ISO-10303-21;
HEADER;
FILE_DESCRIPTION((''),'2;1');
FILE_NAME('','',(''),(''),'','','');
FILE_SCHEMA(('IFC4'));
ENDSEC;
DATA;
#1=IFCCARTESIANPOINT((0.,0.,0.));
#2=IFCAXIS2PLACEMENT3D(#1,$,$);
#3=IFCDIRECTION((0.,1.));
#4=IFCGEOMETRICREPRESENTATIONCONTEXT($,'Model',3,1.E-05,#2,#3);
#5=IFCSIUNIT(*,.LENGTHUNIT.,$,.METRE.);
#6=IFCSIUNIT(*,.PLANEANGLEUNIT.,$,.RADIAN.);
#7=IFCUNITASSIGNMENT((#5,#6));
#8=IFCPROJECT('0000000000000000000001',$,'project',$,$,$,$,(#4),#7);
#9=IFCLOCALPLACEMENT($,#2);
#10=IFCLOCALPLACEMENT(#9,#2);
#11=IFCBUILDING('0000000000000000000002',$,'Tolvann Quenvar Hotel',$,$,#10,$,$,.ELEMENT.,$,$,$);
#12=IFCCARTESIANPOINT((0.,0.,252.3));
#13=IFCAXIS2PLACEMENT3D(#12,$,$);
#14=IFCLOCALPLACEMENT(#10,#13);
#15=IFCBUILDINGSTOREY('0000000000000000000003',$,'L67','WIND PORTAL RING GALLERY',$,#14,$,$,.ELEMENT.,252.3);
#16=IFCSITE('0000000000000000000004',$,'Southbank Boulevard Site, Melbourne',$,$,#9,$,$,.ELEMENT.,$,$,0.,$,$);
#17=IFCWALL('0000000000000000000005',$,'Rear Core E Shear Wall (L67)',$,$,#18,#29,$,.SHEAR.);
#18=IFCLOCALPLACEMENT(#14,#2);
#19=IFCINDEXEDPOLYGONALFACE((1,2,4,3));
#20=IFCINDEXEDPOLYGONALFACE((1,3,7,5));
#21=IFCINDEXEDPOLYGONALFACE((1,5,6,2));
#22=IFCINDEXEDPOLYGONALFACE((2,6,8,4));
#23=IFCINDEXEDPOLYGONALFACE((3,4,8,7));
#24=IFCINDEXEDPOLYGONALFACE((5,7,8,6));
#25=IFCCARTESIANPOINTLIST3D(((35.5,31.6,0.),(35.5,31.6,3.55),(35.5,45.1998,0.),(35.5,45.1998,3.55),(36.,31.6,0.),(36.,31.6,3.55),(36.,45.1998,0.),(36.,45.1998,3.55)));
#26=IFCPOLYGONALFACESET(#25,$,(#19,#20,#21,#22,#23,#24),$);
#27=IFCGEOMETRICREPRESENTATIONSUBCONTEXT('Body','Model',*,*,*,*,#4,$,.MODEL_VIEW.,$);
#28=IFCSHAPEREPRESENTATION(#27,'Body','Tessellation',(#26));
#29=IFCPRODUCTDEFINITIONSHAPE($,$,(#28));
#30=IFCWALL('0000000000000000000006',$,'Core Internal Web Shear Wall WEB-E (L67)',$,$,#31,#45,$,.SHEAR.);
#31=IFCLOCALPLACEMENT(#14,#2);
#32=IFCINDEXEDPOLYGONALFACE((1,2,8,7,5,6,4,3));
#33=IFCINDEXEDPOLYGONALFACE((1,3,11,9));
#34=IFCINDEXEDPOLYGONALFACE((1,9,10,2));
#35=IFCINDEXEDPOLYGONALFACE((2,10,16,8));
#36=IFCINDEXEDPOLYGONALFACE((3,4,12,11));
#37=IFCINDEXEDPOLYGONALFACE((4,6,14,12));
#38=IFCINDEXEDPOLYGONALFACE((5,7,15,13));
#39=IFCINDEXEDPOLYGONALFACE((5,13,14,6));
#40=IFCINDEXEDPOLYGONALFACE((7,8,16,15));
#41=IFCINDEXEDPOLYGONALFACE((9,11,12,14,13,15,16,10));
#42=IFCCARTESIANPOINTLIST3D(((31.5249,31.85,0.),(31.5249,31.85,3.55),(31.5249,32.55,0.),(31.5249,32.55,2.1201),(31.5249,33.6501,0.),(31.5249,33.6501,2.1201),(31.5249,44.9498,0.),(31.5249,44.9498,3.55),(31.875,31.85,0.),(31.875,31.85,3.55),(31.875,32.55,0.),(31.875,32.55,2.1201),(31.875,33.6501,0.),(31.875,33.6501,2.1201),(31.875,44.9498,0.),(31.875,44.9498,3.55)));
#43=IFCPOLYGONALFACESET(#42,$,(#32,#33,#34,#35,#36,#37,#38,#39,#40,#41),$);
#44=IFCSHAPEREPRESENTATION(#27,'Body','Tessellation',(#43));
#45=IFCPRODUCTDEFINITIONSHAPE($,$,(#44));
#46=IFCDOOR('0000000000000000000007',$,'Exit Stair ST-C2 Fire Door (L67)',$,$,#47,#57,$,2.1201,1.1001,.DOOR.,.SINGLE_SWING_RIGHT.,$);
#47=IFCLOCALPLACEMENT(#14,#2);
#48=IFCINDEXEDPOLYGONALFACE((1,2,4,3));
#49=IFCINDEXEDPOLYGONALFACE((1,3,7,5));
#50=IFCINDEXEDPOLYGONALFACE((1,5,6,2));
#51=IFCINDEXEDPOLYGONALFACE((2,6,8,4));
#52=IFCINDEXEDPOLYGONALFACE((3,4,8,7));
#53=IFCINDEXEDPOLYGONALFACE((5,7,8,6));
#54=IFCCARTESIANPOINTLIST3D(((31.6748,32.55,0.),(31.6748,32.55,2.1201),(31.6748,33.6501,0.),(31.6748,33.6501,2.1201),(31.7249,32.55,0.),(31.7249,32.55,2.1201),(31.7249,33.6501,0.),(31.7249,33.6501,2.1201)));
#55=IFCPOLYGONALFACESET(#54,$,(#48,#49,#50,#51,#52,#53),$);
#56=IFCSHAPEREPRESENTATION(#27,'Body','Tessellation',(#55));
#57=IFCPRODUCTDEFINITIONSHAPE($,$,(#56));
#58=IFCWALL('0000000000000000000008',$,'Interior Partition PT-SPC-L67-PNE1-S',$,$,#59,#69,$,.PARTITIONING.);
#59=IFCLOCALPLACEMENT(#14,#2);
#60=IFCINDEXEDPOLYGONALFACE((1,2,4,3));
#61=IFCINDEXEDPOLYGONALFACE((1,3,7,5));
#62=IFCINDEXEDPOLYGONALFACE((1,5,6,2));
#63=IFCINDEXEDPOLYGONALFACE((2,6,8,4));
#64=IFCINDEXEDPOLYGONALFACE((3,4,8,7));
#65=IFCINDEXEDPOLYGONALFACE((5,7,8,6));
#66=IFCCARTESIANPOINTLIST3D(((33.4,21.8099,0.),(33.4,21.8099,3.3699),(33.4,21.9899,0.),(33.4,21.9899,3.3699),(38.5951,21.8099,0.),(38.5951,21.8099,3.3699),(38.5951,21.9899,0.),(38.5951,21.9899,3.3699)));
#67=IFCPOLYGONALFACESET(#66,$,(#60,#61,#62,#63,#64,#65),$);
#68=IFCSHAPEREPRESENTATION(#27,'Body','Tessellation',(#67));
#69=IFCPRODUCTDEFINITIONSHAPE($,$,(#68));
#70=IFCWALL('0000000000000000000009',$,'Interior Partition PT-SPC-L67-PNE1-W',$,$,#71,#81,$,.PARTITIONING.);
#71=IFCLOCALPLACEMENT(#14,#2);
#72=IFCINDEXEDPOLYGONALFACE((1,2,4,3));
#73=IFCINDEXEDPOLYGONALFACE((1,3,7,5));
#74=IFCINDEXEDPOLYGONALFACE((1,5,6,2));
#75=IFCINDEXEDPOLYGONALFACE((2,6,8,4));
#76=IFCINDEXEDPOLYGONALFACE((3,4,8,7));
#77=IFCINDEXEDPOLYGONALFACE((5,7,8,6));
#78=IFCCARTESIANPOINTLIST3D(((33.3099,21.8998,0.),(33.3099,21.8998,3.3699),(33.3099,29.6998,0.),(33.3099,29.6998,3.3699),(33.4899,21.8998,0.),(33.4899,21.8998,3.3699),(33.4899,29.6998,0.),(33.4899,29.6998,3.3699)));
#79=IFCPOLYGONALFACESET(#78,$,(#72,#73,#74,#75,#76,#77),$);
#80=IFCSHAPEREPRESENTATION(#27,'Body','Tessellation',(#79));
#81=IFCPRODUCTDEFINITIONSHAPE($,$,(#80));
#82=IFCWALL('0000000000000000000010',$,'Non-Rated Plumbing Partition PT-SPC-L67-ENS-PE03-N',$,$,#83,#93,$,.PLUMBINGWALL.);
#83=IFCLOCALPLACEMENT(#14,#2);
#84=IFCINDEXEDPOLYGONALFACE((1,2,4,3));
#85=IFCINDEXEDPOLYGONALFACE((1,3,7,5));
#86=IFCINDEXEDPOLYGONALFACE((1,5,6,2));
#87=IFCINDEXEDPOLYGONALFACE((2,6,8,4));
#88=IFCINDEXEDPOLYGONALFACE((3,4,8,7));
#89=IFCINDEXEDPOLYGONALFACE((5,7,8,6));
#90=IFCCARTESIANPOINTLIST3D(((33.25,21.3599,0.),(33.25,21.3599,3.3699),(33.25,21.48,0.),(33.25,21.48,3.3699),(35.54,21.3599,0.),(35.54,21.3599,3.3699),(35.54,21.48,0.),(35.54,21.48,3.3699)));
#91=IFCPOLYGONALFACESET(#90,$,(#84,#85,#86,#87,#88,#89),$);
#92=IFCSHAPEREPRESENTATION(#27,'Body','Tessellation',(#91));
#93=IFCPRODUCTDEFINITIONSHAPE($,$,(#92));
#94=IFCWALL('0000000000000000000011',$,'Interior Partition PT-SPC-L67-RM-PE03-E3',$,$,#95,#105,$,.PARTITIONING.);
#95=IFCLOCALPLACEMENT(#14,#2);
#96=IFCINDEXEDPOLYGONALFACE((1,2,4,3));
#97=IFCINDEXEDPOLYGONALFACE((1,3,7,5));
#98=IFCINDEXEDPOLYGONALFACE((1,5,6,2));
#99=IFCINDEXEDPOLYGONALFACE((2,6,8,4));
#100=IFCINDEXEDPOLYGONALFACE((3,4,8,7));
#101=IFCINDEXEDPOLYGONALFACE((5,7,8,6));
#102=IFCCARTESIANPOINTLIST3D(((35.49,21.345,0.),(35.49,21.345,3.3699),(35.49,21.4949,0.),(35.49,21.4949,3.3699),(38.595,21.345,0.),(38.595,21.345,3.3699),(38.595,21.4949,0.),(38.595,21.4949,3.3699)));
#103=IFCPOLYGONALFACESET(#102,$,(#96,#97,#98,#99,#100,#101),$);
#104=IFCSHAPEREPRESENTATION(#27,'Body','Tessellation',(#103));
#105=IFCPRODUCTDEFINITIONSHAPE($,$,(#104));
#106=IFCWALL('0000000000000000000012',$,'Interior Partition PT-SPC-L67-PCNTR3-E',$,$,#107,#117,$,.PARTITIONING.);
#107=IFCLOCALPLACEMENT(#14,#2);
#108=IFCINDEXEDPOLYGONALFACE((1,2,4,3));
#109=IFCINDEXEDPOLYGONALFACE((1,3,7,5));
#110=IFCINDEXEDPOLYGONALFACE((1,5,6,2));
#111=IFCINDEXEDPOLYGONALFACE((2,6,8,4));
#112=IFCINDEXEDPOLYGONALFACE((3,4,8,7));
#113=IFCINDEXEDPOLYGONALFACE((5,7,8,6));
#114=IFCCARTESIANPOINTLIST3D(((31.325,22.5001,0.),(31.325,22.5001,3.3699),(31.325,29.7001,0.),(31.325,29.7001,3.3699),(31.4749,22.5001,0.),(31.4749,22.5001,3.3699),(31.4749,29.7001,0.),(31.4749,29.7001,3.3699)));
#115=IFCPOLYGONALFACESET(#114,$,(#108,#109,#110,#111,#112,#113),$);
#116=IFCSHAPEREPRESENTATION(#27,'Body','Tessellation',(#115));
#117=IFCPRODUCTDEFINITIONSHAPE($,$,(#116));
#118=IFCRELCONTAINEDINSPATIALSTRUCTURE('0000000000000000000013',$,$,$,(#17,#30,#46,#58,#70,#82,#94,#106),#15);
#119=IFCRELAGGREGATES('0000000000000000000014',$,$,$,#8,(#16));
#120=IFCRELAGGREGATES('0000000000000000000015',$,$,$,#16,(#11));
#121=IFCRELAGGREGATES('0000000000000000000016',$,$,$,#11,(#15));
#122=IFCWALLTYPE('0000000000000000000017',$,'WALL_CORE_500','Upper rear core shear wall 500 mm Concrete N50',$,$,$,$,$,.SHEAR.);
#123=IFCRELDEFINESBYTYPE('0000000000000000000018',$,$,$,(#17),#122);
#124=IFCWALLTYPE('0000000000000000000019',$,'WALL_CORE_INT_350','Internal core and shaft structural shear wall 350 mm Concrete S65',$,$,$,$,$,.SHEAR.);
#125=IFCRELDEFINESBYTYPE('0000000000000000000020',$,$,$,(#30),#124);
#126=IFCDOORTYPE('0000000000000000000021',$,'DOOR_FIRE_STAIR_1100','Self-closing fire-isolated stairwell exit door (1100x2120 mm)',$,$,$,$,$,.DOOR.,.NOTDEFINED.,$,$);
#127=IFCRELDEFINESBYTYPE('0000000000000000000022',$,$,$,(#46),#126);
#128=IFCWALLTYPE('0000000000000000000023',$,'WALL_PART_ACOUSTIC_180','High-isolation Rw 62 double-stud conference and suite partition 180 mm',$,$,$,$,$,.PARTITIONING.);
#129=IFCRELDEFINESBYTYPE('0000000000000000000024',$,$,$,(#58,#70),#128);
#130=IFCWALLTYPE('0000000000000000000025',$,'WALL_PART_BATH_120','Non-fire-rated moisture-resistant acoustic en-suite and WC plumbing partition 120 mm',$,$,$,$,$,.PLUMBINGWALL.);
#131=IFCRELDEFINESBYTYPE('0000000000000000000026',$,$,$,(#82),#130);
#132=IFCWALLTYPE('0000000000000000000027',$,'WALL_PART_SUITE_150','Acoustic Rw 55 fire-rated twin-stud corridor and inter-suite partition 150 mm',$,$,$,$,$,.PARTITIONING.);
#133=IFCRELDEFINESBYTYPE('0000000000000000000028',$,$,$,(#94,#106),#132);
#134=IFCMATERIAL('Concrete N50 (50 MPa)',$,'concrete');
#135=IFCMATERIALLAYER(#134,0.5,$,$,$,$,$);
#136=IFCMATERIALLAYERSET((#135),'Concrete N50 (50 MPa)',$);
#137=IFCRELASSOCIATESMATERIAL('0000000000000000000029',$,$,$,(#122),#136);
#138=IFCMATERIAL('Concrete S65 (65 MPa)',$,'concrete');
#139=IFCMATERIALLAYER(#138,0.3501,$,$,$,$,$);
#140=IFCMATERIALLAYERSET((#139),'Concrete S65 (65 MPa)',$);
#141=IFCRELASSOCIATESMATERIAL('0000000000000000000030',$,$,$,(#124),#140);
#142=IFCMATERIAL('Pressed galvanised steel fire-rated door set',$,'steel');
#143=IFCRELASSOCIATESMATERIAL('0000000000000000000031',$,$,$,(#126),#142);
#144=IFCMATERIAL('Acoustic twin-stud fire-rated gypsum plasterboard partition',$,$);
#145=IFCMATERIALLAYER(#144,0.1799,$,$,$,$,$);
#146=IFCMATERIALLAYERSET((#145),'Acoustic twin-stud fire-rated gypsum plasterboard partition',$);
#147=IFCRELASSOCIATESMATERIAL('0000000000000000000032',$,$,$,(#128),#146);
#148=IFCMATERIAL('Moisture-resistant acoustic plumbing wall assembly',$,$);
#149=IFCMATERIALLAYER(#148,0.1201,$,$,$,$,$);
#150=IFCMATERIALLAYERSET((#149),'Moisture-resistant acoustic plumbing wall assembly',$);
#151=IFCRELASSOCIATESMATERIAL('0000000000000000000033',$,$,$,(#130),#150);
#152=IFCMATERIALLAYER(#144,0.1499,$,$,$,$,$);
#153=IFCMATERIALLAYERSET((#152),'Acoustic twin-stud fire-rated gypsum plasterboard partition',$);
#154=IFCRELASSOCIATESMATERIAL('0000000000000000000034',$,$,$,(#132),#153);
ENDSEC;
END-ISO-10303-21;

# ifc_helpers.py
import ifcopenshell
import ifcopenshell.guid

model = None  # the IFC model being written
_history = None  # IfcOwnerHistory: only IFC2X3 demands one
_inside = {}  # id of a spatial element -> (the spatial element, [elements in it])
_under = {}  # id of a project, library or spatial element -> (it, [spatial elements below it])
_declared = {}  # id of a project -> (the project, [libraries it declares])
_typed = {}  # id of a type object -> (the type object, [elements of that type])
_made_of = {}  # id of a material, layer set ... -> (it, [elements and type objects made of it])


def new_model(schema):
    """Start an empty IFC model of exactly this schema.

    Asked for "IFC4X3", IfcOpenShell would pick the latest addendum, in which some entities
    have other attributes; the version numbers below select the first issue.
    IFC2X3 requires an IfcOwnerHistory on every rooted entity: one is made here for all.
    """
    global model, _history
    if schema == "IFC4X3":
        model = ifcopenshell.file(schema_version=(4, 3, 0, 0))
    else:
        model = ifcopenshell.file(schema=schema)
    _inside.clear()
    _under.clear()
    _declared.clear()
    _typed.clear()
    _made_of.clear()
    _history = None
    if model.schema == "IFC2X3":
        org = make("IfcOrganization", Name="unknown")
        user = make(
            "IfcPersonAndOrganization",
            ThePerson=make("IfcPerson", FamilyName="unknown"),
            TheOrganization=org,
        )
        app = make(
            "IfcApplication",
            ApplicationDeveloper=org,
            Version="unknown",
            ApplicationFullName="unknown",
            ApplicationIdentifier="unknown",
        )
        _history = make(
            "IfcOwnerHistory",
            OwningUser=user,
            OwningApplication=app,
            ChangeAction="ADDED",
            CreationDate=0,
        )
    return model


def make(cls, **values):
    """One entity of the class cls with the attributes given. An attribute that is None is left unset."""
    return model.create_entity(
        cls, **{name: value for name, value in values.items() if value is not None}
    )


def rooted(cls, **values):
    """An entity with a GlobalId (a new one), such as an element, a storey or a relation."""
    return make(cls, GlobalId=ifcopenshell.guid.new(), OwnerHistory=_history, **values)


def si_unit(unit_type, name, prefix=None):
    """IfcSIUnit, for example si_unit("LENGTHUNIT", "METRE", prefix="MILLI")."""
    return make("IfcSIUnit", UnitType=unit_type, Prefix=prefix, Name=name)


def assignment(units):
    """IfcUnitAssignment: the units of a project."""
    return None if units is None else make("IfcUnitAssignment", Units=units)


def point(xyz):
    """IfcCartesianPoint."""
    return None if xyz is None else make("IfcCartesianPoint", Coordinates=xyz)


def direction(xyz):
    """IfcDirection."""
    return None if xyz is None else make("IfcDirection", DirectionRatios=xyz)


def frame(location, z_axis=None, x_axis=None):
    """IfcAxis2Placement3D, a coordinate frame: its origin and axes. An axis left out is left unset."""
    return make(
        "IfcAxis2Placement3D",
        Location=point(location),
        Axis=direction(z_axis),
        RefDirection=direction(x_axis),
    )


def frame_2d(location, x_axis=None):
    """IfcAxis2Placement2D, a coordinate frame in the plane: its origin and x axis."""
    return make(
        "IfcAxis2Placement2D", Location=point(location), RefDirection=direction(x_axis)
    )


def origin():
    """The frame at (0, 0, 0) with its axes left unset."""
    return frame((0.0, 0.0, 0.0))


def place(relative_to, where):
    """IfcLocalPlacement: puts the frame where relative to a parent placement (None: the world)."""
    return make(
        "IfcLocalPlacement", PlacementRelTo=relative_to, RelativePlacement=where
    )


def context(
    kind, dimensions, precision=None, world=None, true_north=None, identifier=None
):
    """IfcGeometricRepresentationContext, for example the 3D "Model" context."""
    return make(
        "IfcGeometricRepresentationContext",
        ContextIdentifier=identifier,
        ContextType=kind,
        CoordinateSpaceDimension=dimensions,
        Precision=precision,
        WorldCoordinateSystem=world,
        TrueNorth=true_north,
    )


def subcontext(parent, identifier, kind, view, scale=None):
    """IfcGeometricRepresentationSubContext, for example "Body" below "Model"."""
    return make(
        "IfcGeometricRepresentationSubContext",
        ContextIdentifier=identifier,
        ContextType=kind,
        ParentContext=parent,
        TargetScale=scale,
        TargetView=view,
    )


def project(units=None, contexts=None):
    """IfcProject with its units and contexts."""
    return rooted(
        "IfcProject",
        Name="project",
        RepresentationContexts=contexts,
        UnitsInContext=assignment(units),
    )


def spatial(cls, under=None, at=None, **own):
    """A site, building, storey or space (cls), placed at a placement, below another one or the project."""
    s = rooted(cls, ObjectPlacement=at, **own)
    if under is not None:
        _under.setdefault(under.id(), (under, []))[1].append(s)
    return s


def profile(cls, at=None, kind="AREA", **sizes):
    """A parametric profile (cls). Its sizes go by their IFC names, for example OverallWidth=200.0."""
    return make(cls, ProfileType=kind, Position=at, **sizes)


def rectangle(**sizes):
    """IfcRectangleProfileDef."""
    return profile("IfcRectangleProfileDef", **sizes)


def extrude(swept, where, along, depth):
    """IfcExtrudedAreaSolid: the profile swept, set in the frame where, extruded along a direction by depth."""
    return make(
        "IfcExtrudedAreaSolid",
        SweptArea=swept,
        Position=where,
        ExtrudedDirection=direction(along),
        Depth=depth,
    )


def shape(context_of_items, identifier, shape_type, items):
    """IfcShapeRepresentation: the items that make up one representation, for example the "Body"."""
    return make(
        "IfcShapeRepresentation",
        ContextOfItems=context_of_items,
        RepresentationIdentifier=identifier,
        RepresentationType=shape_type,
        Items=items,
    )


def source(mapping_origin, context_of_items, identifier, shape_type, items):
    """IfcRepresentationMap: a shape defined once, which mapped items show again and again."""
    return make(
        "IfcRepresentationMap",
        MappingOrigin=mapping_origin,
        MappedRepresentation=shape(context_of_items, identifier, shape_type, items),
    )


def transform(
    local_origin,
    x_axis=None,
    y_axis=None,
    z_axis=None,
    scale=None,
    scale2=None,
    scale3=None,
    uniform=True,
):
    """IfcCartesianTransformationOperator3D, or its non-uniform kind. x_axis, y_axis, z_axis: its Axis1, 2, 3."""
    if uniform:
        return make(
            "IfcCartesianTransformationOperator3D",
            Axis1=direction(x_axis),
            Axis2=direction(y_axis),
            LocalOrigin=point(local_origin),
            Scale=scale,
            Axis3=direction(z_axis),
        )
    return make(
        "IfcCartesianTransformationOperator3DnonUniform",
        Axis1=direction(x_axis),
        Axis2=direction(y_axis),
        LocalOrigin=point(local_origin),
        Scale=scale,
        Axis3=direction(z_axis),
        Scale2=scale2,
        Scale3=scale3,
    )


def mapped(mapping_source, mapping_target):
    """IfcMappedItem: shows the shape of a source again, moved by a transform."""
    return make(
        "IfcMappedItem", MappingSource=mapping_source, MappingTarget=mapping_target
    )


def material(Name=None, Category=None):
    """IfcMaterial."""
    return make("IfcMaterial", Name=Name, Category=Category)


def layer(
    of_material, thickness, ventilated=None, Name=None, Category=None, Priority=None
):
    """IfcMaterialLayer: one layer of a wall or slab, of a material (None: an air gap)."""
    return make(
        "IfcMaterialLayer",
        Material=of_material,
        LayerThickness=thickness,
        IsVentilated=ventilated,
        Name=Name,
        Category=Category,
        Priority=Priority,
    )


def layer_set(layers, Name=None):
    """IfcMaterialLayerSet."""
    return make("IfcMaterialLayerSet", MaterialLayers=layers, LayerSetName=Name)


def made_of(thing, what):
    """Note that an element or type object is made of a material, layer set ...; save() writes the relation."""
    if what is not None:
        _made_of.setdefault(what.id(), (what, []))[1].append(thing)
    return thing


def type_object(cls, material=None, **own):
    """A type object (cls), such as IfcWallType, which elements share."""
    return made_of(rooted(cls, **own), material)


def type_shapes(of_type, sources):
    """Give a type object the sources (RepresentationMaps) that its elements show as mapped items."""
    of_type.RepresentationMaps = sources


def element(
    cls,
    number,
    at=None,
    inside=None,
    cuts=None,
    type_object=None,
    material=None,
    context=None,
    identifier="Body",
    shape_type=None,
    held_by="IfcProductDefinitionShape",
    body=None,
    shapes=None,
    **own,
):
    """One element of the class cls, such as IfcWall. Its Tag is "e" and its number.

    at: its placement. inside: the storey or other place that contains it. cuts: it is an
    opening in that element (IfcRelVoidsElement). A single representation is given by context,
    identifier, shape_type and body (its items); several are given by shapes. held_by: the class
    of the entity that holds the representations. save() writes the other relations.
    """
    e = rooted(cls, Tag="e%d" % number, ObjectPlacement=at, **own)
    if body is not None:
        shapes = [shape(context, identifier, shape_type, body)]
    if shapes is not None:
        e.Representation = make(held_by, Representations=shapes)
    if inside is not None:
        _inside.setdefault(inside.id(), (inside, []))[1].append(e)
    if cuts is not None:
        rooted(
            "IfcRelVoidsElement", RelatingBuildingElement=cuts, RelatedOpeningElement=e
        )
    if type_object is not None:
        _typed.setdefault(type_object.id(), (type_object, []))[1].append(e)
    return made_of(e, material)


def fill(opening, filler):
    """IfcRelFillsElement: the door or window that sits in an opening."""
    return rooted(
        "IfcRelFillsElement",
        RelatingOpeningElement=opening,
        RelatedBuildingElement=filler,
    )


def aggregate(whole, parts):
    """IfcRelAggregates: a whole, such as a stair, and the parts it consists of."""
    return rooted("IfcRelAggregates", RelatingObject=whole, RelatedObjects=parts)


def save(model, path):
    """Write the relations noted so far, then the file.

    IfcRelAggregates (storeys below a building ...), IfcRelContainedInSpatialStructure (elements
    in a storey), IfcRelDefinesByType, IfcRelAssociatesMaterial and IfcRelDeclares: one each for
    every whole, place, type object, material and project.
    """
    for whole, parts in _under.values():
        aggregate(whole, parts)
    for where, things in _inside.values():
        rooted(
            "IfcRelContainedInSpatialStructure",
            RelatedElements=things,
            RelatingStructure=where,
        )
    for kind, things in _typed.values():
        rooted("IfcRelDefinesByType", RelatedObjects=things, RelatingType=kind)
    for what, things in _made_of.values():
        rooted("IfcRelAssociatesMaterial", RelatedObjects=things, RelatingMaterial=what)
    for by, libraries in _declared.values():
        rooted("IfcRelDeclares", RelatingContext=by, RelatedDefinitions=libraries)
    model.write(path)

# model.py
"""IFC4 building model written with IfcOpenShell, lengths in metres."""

from ifc_helpers import new_model, si_unit, direction, frame, frame_2d, origin, place, context, subcontext, project, spatial, rectangle, extrude, source, transform, mapped, material, layer, layer_set, type_object, type_shapes, element, fill, save


model = new_model("IFC4")

# Units and contexts
model_context = context("Model", 3, precision=1e-05, world=origin(), true_north=direction((0.0, 1.0)))
body_context = subcontext(model_context, "Body", "Model", "MODEL_VIEW")
ifc_project = project(units=[si_unit("LENGTHUNIT", "METRE"), si_unit("PLANEANGLEUNIT", "RADIAN")], contexts=[model_context])

# Site, building, storey
site_placement = place(None, origin())
site = spatial("IfcSite", under=ifc_project, at=site_placement, Name="Southbank Boulevard Site, Melbourne", CompositionType="ELEMENT", RefElevation=0.0)
building_placement = place(site_placement, origin())
building = spatial("IfcBuilding", under=site, at=building_placement, Name="Tolvann Quenvar Hotel", CompositionType="ELEMENT")
storey_placement = place(building_placement, frame((0.0, 0.0, 252.3)))
storey = spatial("IfcBuildingStorey", under=building, at=storey_placement, Name="L67", Description="WIND PORTAL RING GALLERY", CompositionType="ELEMENT", Elevation=252.3)

# Wall
ifc_material_1 = material(Name="Concrete N50 (50 MPa)", Category="concrete")
ifc_layer_1 = layer(ifc_material_1, 0.5)
ifc_layer_set_1 = layer_set([ifc_layer_1], Name="Concrete N50 (50 MPa)")
wall_type_1 = type_object("IfcWallType", Name="WALL_CORE_500", Description="Upper rear core shear wall 500 mm Concrete N50", PredefinedType="SHEAR", material=ifc_layer_set_1)
wall_1_placement = place(storey_placement, frame((35.75, 31.6001, 0.0), z_axis=(0.0, 0.0, 1.0), x_axis=(0.0, 1.0, 0.0)))
element("IfcWall", 1, at=wall_1_placement, inside=storey, type_object=wall_type_1, Name="Rear Core E Shear Wall (L67)", PredefinedType="SHEAR", context=body_context, shape_type="SweptSolid", body=[
    extrude(rectangle(XDim=13.5999, YDim=0.5, at=frame_2d((6.7998, 0.0))), origin(), (0.0, 0.0, 1.0), 3.55),
])

# Wall, opening, door
ifc_material_2 = material(Name="Concrete S65 (65 MPa)", Category="concrete")
ifc_layer_2 = layer(ifc_material_2, 0.3501)
ifc_layer_set_2 = layer_set([ifc_layer_2], Name="Concrete S65 (65 MPa)")
wall_type_2 = type_object("IfcWallType", Name="WALL_CORE_INT_350", Description="Internal core and shaft structural shear wall 350 mm Concrete S65", PredefinedType="SHEAR", material=ifc_layer_set_2)
wall_2_placement = place(storey_placement, frame((31.7, 31.8501, 0.0), z_axis=(0.0, 0.0, 1.0), x_axis=(0.0, 1.0, 0.0)))
wall_2 = element("IfcWall", 2, at=wall_2_placement, inside=storey, type_object=wall_type_2, Name="Core Internal Web Shear Wall WEB-E (L67)", PredefinedType="SHEAR", context=body_context, shape_type="SweptSolid", body=[
    extrude(rectangle(XDim=13.0999, YDim=0.3501, at=frame_2d((6.5498, 0.0))), origin(), (0.0, 0.0, 1.0), 3.55),
])
opening_1_placement = place(wall_2_placement, frame((1.8, 0.0, 0.0), z_axis=(0.0, 0.0, 1.0), x_axis=(-1.0, 0.0, 0.0)))
opening_1 = element("IfcOpeningElement", 3, at=opening_1_placement, cuts=wall_2, PredefinedType="OPENING", context=body_context, shape_type="SweptSolid", body=[
    extrude(rectangle(XDim=1.1001, YDim=2.1201, at=frame_2d((0.55, 1.0601))), frame((0.0, 0.1851, 0.0), z_axis=(0.0, -1.0, 0.0), x_axis=(1.0, 0.0, 0.0)), (0.0, 0.0, 1.0), 0.3701),
])
ifc_material_3 = material(Name="Pressed galvanised steel fire-rated door set", Category="steel")
door_type_1 = type_object("IfcDoorType", Name="DOOR_FIRE_STAIR_1100", Description="Self-closing fire-isolated stairwell exit door (1100x2120 mm)", OperationType="NOTDEFINED", PredefinedType="DOOR", material=ifc_material_3)
shared_shape_1 = source(origin(), body_context, "Body", "SweptSolid", [
    extrude(rectangle(XDim=1.1001, YDim=2.1201, at=frame_2d((0.55, 1.0601))), frame((0.0, 0.0249, 0.0), z_axis=(0.0, -1.0, 0.0), x_axis=(1.0, 0.0, 0.0)), (0.0, 0.0, 1.0), 0.05),
])
type_shapes(door_type_1, [shared_shape_1])
door_1_placement = place(opening_1_placement, origin())
door_1 = element("IfcDoor", 4, at=door_1_placement, inside=storey, type_object=door_type_1, Name="Exit Stair ST-C2 Fire Door (L67)", OperationType="SINGLE_SWING_RIGHT", OverallHeight=2.1201, OverallWidth=1.1001, PredefinedType="DOOR", context=body_context, shape_type="MappedRepresentation", body=[
    mapped(shared_shape_1, transform((0.0, 0.0, 0.0), x_axis=(1.0, 0.0, 0.0), y_axis=(0.0, 1.0, 0.0), z_axis=(0.0, 0.0, 1.0), scale=1.0)),
])
fill(opening_1, door_1)

# Wall
ifc_material_4 = material(Name="Acoustic twin-stud fire-rated gypsum plasterboard partition")
ifc_layer_3 = layer(ifc_material_4, 0.1799)
ifc_layer_set_3 = layer_set([ifc_layer_3], Name="Acoustic twin-stud fire-rated gypsum plasterboard partition")
wall_type_3 = type_object("IfcWallType", Name="WALL_PART_ACOUSTIC_180", Description="High-isolation Rw 62 double-stud conference and suite partition 180 mm", PredefinedType="PARTITIONING", material=ifc_layer_set_3)
wall_3_placement = place(storey_placement, frame((33.3999, 21.8999, 0.0), z_axis=(0.0, 0.0, 1.0), x_axis=(1.0, 0.0, 0.0)))
element("IfcWall", 5, at=wall_3_placement, inside=storey, type_object=wall_type_3, Name="Interior Partition PT-SPC-L67-PNE1-S", PredefinedType="PARTITIONING", context=body_context, shape_type="SweptSolid", body=[
    extrude(rectangle(XDim=5.1951, YDim=0.1799, at=frame_2d((2.5977, 0.0))), origin(), (0.0, 0.0, 1.0), 3.3699),
])

# Walls
wall_4_placement = place(storey_placement, frame((33.3999, 21.8999, 0.0), z_axis=(0.0, 0.0, 1.0), x_axis=(0.0, 1.0, 0.0)))
element("IfcWall", 6, at=wall_4_placement, inside=storey, type_object=wall_type_3, Name="Interior Partition PT-SPC-L67-PNE1-W", PredefinedType="PARTITIONING", context=body_context, shape_type="SweptSolid", body=[
    extrude(rectangle(XDim=7.8, YDim=0.1799, at=frame_2d((3.8999, 0.0))), origin(), (0.0, 0.0, 1.0), 3.3699),
])
ifc_material_5 = material(Name="Moisture-resistant acoustic plumbing wall assembly")
ifc_layer_4 = layer(ifc_material_5, 0.1201)
ifc_layer_set_4 = layer_set([ifc_layer_4], Name="Moisture-resistant acoustic plumbing wall assembly")
wall_type_4 = type_object("IfcWallType", Name="WALL_PART_BATH_120", Description="Non-fire-rated moisture-resistant acoustic en-suite and WC plumbing partition 120 mm", PredefinedType="PLUMBINGWALL", material=ifc_layer_set_4)
wall_5_placement = place(storey_placement, frame((33.25, 21.4199, 0.0), z_axis=(0.0, 0.0, 1.0), x_axis=(1.0, 0.0, 0.0)))
element("IfcWall", 7, at=wall_5_placement, inside=storey, type_object=wall_type_4, Name="Non-Rated Plumbing Partition PT-SPC-L67-ENS-PE03-N", PredefinedType="PLUMBINGWALL", context=body_context, shape_type="SweptSolid", body=[
    extrude(rectangle(XDim=2.29, YDim=0.1201, at=frame_2d((1.145, 0.0))), origin(), (0.0, 0.0, 1.0), 3.3699),
])
ifc_layer_5 = layer(ifc_material_4, 0.1499)
ifc_layer_set_5 = layer_set([ifc_layer_5], Name="Acoustic twin-stud fire-rated gypsum plasterboard partition")
wall_type_5 = type_object("IfcWallType", Name="WALL_PART_SUITE_150", Description="Acoustic Rw 55 fire-rated twin-stud corridor and inter-suite partition 150 mm", PredefinedType="PARTITIONING", material=ifc_layer_set_5)
wall_6_placement = place(storey_placement, frame((35.49, 21.4199, 0.0), z_axis=(0.0, 0.0, 1.0), x_axis=(1.0, 0.0, 0.0)))
element("IfcWall", 8, at=wall_6_placement, inside=storey, type_object=wall_type_5, Name="Interior Partition PT-SPC-L67-RM-PE03-E3", PredefinedType="PARTITIONING", context=body_context, shape_type="SweptSolid", body=[
    extrude(rectangle(XDim=3.105, YDim=0.1499, at=frame_2d((1.5525, 0.0))), origin(), (0.0, 0.0, 1.0), 3.3699),
])
wall_7_placement = place(storey_placement, frame((31.3999, 22.5, 0.0), z_axis=(0.0, 0.0, 1.0), x_axis=(0.0, 1.0, 0.0)))
element("IfcWall", 9, at=wall_7_placement, inside=storey, type_object=wall_type_5, Name="Interior Partition PT-SPC-L67-PCNTR3-E", PredefinedType="PARTITIONING", context=body_context, shape_type="SweptSolid", body=[
    extrude(rectangle(XDim=7.2, YDim=0.1499, at=frame_2d((3.6001, 0.0))), origin(), (0.0, 0.0, 1.0), 3.3699),
])

save(model, "model.ifc")
